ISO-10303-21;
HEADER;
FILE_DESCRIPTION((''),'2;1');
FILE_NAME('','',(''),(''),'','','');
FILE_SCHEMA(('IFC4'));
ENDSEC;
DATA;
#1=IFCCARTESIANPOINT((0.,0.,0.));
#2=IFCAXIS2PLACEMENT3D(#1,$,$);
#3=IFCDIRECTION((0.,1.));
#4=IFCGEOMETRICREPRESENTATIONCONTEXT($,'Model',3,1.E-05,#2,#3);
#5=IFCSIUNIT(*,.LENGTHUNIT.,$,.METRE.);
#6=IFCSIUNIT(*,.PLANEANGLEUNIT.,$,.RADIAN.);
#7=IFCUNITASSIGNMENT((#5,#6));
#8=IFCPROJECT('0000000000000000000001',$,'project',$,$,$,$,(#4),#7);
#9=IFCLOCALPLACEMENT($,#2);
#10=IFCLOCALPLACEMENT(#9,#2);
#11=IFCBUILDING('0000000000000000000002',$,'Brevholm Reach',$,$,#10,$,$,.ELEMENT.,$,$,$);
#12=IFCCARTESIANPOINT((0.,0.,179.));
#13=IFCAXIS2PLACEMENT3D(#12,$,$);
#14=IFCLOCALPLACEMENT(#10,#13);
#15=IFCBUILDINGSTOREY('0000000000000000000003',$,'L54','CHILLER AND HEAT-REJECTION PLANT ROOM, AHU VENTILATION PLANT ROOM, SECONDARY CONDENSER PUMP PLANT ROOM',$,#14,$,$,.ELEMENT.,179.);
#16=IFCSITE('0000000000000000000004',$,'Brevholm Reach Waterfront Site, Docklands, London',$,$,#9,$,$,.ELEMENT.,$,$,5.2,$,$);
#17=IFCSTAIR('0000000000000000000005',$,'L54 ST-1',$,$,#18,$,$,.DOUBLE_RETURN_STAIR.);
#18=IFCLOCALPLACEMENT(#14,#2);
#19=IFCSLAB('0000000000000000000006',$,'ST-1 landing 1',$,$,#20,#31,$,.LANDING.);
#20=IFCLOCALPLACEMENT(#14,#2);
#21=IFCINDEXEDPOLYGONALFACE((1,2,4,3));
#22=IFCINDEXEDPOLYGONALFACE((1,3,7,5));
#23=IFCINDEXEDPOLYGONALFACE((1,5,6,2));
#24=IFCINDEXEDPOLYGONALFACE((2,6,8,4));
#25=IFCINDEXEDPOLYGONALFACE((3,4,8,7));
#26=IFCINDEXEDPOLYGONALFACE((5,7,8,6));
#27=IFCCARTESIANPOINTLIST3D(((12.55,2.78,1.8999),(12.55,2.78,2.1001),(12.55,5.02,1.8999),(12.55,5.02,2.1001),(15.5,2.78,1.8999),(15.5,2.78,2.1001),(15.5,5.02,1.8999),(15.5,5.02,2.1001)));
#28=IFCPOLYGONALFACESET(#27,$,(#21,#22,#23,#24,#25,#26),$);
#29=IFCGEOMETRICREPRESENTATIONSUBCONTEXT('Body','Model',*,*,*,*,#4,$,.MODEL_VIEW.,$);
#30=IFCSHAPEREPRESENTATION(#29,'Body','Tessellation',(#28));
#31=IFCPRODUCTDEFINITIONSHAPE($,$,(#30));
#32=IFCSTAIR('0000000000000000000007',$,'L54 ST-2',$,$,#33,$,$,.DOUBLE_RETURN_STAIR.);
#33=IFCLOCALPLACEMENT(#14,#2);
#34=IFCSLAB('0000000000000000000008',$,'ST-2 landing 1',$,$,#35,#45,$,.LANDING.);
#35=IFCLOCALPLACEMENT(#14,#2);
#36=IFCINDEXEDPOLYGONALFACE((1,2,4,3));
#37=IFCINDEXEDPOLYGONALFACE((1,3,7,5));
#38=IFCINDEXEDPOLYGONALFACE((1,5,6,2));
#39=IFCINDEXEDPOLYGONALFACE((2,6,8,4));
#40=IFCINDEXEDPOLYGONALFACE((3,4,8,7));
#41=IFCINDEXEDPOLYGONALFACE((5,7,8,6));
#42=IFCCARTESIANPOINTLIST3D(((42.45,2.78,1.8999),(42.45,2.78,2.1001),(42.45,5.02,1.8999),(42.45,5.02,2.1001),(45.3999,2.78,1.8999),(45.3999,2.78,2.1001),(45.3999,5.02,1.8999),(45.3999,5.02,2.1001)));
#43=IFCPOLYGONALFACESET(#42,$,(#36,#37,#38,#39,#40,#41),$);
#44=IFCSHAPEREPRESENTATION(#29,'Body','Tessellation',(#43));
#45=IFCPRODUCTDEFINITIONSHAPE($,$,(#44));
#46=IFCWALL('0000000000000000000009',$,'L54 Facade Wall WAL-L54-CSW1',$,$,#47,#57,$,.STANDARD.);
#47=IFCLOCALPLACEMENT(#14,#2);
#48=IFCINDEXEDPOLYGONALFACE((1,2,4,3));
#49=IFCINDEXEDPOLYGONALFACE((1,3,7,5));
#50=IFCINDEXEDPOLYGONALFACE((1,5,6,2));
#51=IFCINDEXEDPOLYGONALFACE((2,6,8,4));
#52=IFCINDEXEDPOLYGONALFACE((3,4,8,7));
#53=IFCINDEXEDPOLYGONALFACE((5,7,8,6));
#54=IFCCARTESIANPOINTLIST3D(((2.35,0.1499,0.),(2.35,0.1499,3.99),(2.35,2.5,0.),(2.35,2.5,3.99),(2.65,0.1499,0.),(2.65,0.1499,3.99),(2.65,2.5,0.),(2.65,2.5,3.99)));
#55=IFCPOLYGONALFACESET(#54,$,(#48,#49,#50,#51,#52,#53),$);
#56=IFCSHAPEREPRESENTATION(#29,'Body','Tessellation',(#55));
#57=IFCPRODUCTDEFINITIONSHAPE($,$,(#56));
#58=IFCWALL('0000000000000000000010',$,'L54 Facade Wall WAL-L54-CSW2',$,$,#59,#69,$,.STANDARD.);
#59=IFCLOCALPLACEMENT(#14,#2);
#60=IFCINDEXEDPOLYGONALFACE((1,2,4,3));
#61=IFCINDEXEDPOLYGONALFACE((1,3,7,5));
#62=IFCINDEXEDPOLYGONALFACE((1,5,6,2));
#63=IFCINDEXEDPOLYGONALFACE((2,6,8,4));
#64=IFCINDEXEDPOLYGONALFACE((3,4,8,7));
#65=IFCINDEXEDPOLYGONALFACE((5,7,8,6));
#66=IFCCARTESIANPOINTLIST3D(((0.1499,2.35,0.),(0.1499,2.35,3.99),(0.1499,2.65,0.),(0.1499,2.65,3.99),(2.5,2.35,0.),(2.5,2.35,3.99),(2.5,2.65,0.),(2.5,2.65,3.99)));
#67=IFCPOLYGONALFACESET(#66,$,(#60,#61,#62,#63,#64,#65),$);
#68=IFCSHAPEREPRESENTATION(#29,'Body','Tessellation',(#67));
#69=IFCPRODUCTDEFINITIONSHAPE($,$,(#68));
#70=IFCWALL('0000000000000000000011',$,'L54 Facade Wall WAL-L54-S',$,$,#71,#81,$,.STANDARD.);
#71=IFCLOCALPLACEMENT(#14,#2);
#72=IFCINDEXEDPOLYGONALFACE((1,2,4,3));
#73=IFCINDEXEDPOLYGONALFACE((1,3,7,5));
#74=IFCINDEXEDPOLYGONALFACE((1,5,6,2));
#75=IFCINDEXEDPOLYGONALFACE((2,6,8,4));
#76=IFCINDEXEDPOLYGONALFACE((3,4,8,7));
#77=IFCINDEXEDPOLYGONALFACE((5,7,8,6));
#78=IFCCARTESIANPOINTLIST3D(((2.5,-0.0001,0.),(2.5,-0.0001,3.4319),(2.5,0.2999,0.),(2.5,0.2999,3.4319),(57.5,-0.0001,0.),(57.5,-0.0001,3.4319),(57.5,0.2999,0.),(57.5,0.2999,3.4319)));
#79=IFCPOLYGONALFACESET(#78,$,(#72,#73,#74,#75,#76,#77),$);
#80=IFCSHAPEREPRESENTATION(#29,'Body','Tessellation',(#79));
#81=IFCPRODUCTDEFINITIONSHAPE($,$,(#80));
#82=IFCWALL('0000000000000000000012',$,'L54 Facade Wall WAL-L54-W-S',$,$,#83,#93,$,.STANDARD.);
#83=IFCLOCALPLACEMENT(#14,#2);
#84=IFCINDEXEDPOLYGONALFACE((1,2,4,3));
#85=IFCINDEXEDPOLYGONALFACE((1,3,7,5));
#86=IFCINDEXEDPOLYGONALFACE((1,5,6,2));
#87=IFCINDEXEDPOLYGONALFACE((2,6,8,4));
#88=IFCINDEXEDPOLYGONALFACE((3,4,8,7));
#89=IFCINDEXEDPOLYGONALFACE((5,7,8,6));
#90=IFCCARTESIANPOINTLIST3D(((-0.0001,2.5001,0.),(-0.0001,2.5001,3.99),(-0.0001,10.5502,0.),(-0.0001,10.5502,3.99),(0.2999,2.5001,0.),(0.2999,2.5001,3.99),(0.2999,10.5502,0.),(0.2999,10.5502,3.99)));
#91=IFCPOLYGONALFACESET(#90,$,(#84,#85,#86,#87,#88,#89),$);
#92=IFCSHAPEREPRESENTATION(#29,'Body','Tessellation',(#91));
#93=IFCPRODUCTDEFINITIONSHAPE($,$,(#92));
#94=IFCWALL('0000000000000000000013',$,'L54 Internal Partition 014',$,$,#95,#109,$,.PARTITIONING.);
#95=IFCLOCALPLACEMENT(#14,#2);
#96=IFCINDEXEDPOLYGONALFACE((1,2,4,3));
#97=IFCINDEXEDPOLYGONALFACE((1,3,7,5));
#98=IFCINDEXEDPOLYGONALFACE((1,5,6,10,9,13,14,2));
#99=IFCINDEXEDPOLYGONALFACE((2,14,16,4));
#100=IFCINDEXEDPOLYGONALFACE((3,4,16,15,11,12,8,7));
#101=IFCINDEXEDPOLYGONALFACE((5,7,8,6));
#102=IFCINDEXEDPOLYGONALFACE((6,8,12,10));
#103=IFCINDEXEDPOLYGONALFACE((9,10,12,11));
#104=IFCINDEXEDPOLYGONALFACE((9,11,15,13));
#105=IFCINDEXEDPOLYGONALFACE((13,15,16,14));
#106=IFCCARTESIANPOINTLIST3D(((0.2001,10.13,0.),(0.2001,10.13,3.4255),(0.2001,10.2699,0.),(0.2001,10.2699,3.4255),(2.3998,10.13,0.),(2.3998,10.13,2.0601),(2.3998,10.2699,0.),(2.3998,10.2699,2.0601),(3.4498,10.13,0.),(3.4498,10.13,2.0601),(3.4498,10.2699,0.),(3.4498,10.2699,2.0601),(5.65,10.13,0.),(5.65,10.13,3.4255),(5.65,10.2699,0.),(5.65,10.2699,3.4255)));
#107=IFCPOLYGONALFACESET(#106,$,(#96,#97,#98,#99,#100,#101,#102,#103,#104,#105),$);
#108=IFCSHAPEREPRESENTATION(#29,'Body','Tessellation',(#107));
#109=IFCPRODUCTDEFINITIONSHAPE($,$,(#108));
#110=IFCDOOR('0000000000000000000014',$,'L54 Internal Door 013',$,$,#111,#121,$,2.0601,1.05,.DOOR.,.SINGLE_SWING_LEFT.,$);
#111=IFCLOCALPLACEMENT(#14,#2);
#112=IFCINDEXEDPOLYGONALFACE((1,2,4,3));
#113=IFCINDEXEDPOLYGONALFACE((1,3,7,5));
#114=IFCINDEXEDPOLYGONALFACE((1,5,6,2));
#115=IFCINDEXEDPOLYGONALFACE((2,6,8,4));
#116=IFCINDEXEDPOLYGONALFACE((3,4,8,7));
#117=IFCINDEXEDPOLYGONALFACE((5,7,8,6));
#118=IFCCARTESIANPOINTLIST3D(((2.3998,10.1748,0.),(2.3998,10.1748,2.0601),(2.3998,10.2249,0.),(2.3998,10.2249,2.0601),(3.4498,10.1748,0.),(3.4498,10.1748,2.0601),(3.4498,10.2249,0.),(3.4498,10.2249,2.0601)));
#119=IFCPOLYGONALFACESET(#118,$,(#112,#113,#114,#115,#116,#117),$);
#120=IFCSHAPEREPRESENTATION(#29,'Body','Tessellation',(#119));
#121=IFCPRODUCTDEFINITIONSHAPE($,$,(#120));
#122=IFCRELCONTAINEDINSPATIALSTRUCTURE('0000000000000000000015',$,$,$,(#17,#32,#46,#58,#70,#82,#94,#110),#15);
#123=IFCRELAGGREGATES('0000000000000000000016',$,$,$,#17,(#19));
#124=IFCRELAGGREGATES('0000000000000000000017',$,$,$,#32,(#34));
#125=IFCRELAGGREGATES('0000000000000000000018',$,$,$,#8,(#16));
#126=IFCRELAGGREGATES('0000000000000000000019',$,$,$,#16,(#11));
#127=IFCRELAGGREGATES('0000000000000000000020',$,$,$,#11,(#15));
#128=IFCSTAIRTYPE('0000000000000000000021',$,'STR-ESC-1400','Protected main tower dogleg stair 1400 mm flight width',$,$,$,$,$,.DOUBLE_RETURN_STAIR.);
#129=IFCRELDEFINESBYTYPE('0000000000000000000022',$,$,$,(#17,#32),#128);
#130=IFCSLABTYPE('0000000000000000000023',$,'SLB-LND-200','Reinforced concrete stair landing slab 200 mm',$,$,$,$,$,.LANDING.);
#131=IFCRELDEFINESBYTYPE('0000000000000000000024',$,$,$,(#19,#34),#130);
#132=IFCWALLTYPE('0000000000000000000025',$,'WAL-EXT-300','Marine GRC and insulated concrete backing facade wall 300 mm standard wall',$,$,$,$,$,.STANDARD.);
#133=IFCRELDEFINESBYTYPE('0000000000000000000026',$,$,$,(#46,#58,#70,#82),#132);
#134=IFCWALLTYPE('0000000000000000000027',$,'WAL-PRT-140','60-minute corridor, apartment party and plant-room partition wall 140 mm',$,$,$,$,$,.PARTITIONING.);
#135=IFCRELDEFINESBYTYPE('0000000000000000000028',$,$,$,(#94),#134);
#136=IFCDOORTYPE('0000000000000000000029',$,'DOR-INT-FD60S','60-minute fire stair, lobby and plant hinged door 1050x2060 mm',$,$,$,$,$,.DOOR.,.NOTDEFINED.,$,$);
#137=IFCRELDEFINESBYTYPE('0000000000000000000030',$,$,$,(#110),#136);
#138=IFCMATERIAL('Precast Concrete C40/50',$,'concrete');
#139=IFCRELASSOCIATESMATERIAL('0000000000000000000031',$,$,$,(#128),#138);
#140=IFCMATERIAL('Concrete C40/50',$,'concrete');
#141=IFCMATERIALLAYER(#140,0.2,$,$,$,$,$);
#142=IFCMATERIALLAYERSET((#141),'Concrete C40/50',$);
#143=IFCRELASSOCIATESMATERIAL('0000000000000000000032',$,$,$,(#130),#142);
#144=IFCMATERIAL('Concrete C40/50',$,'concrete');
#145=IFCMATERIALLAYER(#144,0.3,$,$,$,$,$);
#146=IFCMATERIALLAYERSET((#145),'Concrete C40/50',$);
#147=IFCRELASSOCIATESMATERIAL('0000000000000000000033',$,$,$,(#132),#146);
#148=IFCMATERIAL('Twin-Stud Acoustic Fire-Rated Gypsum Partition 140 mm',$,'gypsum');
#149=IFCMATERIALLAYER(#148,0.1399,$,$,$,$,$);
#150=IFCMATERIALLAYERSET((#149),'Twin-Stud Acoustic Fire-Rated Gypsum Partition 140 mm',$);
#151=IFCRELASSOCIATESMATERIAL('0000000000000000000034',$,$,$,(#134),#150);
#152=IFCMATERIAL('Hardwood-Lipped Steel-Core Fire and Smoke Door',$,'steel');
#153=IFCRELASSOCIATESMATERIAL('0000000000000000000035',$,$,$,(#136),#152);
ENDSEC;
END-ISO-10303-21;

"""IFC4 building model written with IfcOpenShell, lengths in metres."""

from ifc_helpers import new_model, si_unit, direction, frame, frame_2d, origin, place, context, subcontext, project, spatial, polyline, rectangle, outline, extrude, material, layer, layer_set, type_object, element, fill, aggregate, save


model = new_model("IFC4")

# Units and contexts
model_context = context("Model", 3, precision=1e-05, world=origin(), true_north=direction((0.0, 1.0)))
body_context = subcontext(model_context, "Body", "Model", "MODEL_VIEW")
ifc_project = project(units=[si_unit("LENGTHUNIT", "METRE"), si_unit("PLANEANGLEUNIT", "RADIAN")], contexts=[model_context])

# Site, building, storey
site_placement = place(None, origin())
site = spatial("IfcSite", under=ifc_project, at=site_placement, Name="Brevholm Reach Waterfront Site, Docklands, London", CompositionType="ELEMENT", RefElevation=5.2)
building_placement = place(site_placement, origin())
building = spatial("IfcBuilding", under=site, at=building_placement, Name="Brevholm Reach", CompositionType="ELEMENT")
storey_placement = place(building_placement, frame((0.0, 0.0, 179.0)))
storey = spatial("IfcBuildingStorey", under=building, at=storey_placement, Name="L54", Description="CHILLER AND HEAT-REJECTION PLANT ROOM, AHU VENTILATION PLANT ROOM, SECONDARY CONDENSER PUMP PLANT ROOM", CompositionType="ELEMENT", Elevation=179.0)

# Stairs, slabs
ifc_material_1 = material(Name="Precast Concrete C40/50", Category="concrete")
stair_type = type_object("IfcStairType", Name="STR-ESC-1400", Description="Protected main tower dogleg stair 1400 mm flight width", PredefinedType="DOUBLE_RETURN_STAIR", material=ifc_material_1)
stair_1_placement = place(storey_placement, origin())
stair_1 = element("IfcStair", 1, at=stair_1_placement, inside=storey, type_object=stair_type, Name="L54 ST-1", PredefinedType="DOUBLE_RETURN_STAIR")
ifc_material_2 = material(Name="Concrete C40/50", Category="concrete")
ifc_layer_1 = layer(ifc_material_2, 0.2)
ifc_layer_set_1 = layer_set([ifc_layer_1], Name="Concrete C40/50")
slab_type_1 = type_object("IfcSlabType", Name="SLB-LND-200", Description="Reinforced concrete stair landing slab 200 mm", PredefinedType="LANDING", material=ifc_layer_set_1)
slab_1_placement = place(storey_placement, frame((0.0, 0.0, 1.8999)))
slab_1 = element("IfcSlab", 2, at=slab_1_placement, type_object=slab_type_1, Name="ST-1 landing 1", PredefinedType="LANDING", context=body_context, shape_type="SweptSolid", body=[
    extrude(outline(polyline([(12.55, 5.02), (12.55, 2.78), (15.5, 2.78), (15.5, 5.02), (12.55, 5.02)])), origin(), (0.0, 0.0, 1.0), 0.2002),
])
aggregate(stair_1, [slab_1])
stair_2_placement = place(storey_placement, origin())
stair_2 = element("IfcStair", 3, at=stair_2_placement, inside=storey, type_object=stair_type, Name="L54 ST-2", PredefinedType="DOUBLE_RETURN_STAIR")
slab_2_placement = place(storey_placement, frame((0.0, 0.0, 1.8999)))
slab_2 = element("IfcSlab", 4, at=slab_2_placement, type_object=slab_type_1, Name="ST-2 landing 1", PredefinedType="LANDING", context=body_context, shape_type="SweptSolid", body=[
    extrude(outline(polyline([(42.45, 5.02), (42.45, 2.78), (45.3999, 2.78), (45.3999, 5.02), (42.45, 5.02)])), origin(), (0.0, 0.0, 1.0), 0.2002),
])
aggregate(stair_2, [slab_2])

# Walls
ifc_material_3 = material(Name="Concrete C40/50", Category="concrete")
ifc_layer_2 = layer(ifc_material_3, 0.3)
ifc_layer_set_2 = layer_set([ifc_layer_2], Name="Concrete C40/50")
wall_type_1 = type_object("IfcWallType", Name="WAL-EXT-300", Description="Marine GRC and insulated concrete backing facade wall 300 mm standard wall", PredefinedType="STANDARD", material=ifc_layer_set_2)
for number, where, z_axis, x_axis, name in (
    (5, (2.5, 2.5, 0.0), (0.0, 0.0, 1.0), (0.0, -1.0, 0.0), "L54 Facade Wall WAL-L54-CSW1"),
    (6, (0.1499, 2.5, 0.0), (0.0, 0.0, 1.0), (1.0, 0.0, 0.0), "L54 Facade Wall WAL-L54-CSW2"),
):
    element("IfcWall", number, at=place(storey_placement, frame(where, z_axis=z_axis, x_axis=x_axis)), inside=storey, type_object=wall_type_1, Name=name, PredefinedType="STANDARD", context=body_context, shape_type="SweptSolid", body=[
        extrude(rectangle(XDim=2.3501, YDim=0.3, at=frame_2d((1.175, 0.0))), origin(), (0.0, 0.0, 1.0), 3.99),
    ])
wall_1_placement = place(storey_placement, frame((2.5, 0.1499, 0.0), z_axis=(0.0, 0.0, 1.0), x_axis=(1.0, 0.0, 0.0)))
element("IfcWall", 7, at=wall_1_placement, inside=storey, type_object=wall_type_1, Name="L54 Facade Wall WAL-L54-S", PredefinedType="STANDARD", context=body_context, shape_type="SweptSolid", body=[
    extrude(rectangle(XDim=55.0, YDim=0.3, at=frame_2d((27.5, 0.0))), origin(), (0.0, 0.0, 1.0), 3.4319),
])
wall_2_placement = place(storey_placement, frame((0.1499, 10.55, 0.0), z_axis=(0.0, 0.0, 1.0), x_axis=(0.0, -1.0, 0.0)))
element("IfcWall", 8, at=wall_2_placement, inside=storey, type_object=wall_type_1, Name="L54 Facade Wall WAL-L54-W-S", PredefinedType="STANDARD", context=body_context, shape_type="SweptSolid", body=[
    extrude(rectangle(XDim=8.05, YDim=0.3, at=frame_2d((4.0249, 0.0))), origin(), (0.0, 0.0, 1.0), 3.99),
])

# Wall, opening, door
ifc_material_4 = material(Name="Twin-Stud Acoustic Fire-Rated Gypsum Partition 140 mm", Category="gypsum")
ifc_layer_3 = layer(ifc_material_4, 0.1399)
ifc_layer_set_3 = layer_set([ifc_layer_3], Name="Twin-Stud Acoustic Fire-Rated Gypsum Partition 140 mm")
wall_type_2 = type_object("IfcWallType", Name="WAL-PRT-140", Description="60-minute corridor, apartment party and plant-room partition wall 140 mm", PredefinedType="PARTITIONING", material=ifc_layer_set_3)
wall_3_placement = place(storey_placement, frame((0.2, 10.2, 0.0), z_axis=(0.0, 0.0, 1.0), x_axis=(1.0, 0.0, 0.0)))
wall_3 = element("IfcWall", 9, at=wall_3_placement, inside=storey, type_object=wall_type_2, Name="L54 Internal Partition 014", PredefinedType="PARTITIONING", context=body_context, shape_type="SweptSolid", body=[
    extrude(rectangle(XDim=5.45, YDim=0.1399, at=frame_2d((2.7251, 0.0))), origin(), (0.0, 0.0, 1.0), 3.4255),
])
opening_placement = place(wall_3_placement, frame((2.2, 0.0, 0.0)))
opening = element("IfcOpeningElement", 10, at=opening_placement, cuts=wall_3, PredefinedType="OPENING", context=body_context, shape_type="SweptSolid", body=[
    extrude(rectangle(XDim=1.05, YDim=2.0601, at=frame_2d((0.5249, 1.03))), frame((0.0, 0.0798, 0.0), z_axis=(0.0, -1.0, 0.0), x_axis=(1.0, 0.0, 0.0)), (0.0, 0.0, 1.0), 0.1599),
])
ifc_material_5 = material(Name="Hardwood-Lipped Steel-Core Fire and Smoke Door", Category="steel")
door_type = type_object("IfcDoorType", Name="DOR-INT-FD60S", Description="60-minute fire stair, lobby and plant hinged door 1050x2060 mm", OperationType="NOTDEFINED", PredefinedType="DOOR", material=ifc_material_5)
door_placement = place(opening_placement, origin())
door = element("IfcDoor", 11, at=door_placement, inside=storey, type_object=door_type, Name="L54 Internal Door 013", OperationType="SINGLE_SWING_LEFT", OverallHeight=2.0601, OverallWidth=1.05, PredefinedType="DOOR", context=body_context, shape_type="SweptSolid", body=[
    extrude(rectangle(XDim=1.05, YDim=2.0601, at=frame_2d((0.5249, 1.03))), frame((0.0, 0.0249, 0.0), z_axis=(0.0, -1.0, 0.0), x_axis=(1.0, 0.0, 0.0)), (0.0, 0.0, 1.0), 0.05),
])
fill(opening, door)

save(model, "model.ifc")
